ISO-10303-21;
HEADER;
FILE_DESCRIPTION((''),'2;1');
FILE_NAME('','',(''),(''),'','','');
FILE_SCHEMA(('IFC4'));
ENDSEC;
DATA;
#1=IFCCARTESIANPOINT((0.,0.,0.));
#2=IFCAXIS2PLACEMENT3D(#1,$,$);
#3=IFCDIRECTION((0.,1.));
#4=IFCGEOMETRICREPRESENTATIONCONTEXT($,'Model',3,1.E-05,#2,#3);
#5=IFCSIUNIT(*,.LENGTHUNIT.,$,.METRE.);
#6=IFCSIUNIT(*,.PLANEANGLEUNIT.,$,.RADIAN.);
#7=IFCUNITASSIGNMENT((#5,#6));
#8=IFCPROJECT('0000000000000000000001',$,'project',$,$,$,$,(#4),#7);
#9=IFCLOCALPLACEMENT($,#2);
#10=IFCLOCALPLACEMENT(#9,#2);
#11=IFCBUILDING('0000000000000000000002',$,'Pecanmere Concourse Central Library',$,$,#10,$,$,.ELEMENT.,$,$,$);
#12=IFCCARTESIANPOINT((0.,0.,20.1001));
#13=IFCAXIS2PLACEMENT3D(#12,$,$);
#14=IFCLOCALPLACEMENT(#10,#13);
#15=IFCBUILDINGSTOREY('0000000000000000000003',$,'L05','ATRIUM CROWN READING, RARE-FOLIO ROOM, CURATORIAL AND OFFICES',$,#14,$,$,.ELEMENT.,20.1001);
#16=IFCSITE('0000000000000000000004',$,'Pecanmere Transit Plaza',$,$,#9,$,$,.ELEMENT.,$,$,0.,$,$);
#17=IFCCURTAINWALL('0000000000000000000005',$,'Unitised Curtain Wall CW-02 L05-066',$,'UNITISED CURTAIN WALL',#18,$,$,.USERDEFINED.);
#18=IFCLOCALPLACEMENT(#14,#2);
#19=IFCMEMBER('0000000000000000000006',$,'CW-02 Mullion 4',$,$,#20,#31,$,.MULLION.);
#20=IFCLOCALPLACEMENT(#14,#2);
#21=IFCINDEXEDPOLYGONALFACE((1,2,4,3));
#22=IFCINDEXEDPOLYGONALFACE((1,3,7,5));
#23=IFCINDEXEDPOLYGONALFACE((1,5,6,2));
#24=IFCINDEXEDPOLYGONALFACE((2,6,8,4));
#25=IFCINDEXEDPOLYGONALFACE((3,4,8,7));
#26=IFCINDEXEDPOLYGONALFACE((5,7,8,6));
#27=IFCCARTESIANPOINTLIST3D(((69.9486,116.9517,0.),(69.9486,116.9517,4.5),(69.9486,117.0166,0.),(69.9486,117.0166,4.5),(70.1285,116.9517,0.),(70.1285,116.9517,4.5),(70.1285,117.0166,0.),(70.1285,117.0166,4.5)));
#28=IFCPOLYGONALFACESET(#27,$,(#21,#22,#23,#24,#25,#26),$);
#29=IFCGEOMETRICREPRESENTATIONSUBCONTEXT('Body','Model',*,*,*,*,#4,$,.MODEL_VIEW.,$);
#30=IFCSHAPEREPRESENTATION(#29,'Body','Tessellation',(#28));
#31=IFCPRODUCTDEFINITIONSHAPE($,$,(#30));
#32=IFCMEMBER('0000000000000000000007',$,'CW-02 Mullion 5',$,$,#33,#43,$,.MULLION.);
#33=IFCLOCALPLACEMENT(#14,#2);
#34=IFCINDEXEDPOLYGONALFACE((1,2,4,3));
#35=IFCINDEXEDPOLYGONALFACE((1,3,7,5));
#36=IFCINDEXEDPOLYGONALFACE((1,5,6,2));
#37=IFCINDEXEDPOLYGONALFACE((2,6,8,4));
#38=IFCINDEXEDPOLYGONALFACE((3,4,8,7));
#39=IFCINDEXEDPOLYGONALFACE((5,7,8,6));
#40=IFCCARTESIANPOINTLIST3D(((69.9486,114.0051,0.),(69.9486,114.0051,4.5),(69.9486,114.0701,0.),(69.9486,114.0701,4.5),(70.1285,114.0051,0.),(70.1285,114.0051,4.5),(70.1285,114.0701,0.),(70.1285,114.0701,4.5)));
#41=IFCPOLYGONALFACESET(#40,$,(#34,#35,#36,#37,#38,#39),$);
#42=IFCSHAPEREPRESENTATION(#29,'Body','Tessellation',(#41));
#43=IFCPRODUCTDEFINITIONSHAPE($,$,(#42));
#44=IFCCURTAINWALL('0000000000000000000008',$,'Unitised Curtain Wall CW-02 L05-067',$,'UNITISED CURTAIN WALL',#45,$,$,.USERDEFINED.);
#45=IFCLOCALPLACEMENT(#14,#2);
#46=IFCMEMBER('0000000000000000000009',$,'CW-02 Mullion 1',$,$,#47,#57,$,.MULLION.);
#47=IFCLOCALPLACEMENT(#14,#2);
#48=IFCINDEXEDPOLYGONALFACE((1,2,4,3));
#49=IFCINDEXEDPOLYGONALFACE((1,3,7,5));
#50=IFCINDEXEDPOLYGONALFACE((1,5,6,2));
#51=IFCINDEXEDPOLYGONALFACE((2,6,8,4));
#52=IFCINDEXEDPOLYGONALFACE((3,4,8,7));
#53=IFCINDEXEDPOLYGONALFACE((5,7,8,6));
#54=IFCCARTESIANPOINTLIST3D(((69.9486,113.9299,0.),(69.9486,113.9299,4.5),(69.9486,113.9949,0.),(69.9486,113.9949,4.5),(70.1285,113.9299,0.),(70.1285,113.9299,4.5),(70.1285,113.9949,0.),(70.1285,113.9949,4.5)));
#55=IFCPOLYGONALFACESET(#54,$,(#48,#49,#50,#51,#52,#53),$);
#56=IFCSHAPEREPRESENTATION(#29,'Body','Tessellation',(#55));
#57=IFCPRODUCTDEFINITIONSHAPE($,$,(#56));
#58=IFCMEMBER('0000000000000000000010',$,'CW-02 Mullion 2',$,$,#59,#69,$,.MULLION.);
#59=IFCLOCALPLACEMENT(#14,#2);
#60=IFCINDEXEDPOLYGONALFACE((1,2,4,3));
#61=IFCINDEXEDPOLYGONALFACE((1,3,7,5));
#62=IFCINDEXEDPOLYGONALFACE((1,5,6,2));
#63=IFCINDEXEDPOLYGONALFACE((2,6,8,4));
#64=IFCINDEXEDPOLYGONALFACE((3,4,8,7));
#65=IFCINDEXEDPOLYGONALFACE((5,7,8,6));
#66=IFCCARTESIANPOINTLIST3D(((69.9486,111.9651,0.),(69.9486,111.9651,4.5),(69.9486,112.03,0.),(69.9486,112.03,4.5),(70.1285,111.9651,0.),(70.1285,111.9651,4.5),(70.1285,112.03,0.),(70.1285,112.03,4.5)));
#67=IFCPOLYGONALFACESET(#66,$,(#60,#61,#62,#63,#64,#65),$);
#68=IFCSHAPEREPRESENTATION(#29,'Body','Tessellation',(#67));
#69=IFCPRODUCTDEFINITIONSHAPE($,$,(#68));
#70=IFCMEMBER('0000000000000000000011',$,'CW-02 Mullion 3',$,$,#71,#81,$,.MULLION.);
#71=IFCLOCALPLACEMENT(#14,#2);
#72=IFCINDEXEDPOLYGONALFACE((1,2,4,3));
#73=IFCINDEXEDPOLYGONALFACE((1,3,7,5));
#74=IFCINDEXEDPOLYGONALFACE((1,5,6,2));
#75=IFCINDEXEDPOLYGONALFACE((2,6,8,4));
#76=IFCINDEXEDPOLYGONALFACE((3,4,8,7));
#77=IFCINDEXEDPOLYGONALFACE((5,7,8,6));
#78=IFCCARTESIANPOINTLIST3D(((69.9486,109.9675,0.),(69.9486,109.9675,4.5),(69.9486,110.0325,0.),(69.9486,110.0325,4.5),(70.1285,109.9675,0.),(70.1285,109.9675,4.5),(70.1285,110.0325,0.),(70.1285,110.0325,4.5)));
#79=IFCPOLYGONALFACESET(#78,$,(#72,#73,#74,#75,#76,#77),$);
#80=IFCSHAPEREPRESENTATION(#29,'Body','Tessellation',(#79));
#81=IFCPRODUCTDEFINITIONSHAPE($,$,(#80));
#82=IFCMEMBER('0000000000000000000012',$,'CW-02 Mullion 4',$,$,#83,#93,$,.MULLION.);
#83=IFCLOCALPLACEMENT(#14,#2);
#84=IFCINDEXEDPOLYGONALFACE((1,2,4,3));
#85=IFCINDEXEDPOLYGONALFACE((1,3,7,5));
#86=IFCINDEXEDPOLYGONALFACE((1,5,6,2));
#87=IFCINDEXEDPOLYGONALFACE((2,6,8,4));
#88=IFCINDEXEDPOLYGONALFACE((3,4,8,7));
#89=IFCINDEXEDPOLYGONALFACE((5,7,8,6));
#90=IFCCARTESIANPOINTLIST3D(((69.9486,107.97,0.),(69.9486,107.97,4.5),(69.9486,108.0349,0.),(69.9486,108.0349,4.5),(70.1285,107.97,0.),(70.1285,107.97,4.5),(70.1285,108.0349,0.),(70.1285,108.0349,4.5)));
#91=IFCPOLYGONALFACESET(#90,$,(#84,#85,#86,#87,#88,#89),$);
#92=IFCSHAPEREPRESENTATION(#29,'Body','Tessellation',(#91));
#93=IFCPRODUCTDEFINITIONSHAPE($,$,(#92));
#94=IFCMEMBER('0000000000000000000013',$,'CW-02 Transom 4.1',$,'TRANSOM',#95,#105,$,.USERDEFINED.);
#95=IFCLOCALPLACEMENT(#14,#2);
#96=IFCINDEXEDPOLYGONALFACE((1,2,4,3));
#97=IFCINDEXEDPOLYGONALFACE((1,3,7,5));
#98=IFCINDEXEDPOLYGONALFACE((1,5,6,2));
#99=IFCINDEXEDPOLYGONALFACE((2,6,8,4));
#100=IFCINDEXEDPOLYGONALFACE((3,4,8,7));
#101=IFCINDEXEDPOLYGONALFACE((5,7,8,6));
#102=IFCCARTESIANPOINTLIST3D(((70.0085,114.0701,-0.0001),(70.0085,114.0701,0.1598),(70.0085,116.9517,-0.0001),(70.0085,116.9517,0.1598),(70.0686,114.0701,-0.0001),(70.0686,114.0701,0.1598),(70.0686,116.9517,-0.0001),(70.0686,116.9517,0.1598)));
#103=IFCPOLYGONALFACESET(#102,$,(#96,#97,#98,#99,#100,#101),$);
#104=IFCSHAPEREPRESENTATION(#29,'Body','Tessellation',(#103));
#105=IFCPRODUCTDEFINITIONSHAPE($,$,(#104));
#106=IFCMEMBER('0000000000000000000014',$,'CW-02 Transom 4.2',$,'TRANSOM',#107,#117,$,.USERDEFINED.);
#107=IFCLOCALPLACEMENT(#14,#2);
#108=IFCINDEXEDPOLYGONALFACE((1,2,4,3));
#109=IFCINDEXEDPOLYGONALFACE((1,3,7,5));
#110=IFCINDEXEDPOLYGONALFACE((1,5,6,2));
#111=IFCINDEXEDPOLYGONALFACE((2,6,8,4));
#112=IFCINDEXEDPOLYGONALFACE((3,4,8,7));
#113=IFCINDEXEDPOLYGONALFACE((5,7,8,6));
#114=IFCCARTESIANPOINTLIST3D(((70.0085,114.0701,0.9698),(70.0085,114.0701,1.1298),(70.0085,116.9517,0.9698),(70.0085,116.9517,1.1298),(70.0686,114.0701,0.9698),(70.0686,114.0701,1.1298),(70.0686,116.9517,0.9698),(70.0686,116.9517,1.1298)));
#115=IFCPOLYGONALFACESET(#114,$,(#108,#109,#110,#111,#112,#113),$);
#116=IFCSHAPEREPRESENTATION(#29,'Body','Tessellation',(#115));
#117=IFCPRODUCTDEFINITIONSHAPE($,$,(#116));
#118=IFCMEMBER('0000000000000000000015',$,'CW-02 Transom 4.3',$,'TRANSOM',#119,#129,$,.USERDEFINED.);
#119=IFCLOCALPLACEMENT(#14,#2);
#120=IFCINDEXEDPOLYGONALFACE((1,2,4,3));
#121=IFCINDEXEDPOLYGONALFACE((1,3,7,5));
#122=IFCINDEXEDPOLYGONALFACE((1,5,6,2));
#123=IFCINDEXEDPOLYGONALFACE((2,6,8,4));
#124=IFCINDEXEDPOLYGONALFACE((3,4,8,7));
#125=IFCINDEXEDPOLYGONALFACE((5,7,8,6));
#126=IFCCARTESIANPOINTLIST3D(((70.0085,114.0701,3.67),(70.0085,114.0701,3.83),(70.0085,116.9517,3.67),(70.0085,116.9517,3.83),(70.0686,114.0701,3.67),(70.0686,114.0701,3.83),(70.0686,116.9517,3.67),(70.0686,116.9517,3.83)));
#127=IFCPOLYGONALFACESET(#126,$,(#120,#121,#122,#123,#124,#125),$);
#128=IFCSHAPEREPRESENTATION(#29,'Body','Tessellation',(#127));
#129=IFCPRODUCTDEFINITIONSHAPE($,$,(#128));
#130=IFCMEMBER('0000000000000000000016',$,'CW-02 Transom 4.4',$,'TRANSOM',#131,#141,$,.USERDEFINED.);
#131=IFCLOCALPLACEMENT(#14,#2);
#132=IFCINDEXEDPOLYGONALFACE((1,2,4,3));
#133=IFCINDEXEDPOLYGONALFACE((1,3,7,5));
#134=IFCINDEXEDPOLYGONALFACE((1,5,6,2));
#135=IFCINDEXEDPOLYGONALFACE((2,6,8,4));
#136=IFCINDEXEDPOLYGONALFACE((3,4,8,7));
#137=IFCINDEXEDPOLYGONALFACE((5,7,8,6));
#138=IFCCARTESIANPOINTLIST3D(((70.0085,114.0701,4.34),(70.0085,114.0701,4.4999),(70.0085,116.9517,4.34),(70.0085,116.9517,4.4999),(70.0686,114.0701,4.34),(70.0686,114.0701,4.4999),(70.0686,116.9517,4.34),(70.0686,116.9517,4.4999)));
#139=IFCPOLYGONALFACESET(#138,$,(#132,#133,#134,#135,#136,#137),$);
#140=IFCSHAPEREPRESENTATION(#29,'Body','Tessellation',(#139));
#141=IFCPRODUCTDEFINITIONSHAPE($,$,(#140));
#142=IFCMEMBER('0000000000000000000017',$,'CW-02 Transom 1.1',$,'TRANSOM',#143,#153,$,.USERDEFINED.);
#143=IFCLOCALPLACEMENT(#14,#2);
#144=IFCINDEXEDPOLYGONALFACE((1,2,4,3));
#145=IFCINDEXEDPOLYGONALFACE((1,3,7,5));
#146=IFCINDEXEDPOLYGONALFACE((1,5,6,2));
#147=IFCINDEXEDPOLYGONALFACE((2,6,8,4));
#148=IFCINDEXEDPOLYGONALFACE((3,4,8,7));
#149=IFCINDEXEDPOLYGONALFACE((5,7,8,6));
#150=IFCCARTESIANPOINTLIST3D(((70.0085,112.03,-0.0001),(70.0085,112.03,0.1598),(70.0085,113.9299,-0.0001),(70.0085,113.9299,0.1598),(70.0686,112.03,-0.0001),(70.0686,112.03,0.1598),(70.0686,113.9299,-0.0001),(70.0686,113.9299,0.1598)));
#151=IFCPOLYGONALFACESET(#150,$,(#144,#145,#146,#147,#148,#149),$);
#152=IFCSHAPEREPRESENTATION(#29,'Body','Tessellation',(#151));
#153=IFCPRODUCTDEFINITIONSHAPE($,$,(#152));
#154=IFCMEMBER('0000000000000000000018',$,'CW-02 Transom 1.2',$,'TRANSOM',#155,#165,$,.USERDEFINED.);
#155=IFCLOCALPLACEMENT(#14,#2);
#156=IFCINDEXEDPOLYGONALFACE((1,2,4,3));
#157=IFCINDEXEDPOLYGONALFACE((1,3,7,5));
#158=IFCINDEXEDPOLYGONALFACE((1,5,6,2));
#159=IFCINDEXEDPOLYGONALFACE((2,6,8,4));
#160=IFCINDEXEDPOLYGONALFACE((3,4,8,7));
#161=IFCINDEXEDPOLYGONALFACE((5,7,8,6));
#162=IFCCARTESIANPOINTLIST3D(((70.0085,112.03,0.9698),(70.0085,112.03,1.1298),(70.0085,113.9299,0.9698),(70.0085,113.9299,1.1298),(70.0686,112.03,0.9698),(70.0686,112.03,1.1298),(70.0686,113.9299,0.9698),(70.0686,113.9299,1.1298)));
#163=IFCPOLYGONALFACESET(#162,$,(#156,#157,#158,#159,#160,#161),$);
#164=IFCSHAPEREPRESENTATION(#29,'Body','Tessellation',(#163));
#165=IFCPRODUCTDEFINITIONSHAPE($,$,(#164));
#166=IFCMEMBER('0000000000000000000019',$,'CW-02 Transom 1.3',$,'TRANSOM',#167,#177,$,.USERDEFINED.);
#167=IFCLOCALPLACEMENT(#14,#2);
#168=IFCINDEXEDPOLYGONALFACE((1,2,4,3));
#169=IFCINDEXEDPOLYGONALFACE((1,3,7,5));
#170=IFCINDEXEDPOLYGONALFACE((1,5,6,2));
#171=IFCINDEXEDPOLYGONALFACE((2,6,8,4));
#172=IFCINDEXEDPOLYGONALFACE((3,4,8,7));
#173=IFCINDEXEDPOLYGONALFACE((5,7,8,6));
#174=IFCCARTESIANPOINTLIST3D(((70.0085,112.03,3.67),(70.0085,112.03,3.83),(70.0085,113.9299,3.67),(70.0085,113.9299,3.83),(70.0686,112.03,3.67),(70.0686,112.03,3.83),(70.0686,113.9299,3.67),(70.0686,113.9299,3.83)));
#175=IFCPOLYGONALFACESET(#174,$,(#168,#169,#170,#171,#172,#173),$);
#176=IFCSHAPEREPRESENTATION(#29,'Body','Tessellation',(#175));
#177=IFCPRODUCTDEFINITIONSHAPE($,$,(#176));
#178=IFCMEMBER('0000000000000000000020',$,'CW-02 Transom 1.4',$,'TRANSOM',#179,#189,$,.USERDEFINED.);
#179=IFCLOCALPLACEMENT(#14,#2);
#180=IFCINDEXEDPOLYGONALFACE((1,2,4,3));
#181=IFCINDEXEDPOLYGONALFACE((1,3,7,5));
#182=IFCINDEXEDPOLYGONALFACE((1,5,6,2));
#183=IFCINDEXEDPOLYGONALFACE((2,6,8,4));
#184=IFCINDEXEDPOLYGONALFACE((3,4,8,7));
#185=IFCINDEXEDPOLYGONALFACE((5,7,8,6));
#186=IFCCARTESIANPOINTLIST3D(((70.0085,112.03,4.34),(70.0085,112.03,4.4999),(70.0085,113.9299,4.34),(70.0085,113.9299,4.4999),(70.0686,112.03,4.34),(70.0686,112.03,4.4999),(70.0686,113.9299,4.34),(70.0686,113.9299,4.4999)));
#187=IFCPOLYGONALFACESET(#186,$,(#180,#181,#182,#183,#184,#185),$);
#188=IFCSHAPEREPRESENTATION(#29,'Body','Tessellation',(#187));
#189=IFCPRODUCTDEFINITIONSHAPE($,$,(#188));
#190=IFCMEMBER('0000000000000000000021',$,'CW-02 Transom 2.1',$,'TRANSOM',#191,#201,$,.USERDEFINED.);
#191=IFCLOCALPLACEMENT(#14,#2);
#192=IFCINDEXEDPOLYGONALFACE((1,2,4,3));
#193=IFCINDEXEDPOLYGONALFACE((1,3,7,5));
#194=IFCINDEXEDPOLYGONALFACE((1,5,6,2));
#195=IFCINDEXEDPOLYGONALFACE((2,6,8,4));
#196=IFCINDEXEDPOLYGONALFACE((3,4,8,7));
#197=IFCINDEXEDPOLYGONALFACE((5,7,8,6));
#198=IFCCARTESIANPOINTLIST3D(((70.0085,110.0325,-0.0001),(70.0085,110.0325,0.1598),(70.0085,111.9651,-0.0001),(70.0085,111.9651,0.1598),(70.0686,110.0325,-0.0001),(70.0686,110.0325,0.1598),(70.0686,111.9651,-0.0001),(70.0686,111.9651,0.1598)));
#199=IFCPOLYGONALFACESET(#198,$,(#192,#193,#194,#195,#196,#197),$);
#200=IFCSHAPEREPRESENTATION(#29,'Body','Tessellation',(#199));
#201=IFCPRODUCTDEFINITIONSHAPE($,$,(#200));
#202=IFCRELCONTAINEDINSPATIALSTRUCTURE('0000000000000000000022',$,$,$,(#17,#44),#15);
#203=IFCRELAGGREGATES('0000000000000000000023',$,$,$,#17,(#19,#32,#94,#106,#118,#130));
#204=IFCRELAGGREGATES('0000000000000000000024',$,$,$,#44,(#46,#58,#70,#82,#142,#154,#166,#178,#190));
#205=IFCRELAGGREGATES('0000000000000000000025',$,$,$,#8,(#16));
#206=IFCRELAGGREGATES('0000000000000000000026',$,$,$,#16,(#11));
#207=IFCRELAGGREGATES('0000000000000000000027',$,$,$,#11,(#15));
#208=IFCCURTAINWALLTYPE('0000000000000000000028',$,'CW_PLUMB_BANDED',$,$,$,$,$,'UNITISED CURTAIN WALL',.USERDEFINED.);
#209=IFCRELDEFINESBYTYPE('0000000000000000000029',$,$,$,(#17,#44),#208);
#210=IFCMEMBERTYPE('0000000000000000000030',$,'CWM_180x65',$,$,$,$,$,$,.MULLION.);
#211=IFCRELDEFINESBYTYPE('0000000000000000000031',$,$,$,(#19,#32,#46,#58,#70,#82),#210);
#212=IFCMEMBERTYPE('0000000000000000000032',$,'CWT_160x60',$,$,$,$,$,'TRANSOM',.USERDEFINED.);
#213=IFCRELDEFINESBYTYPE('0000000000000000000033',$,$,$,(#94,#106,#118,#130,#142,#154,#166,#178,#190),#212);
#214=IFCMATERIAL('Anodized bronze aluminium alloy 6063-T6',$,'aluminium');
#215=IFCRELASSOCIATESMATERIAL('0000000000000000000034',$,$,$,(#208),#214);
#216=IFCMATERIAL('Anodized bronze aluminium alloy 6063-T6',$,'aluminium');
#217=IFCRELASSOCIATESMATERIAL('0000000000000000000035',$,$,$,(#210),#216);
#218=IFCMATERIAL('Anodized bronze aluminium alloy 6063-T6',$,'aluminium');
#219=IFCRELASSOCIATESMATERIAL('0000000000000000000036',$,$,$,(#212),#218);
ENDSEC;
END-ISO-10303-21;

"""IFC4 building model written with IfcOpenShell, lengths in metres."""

from ifc_helpers import new_model, si_unit, direction, frame, origin, origin_2d, place, context, subcontext, project, spatial, rectangle, extrude, material, material_profile, profile_set, type_object, element, aggregate, save


model = new_model("IFC4")

# Units and contexts
model_context = context("Model", 3, precision=1e-05, world=origin(), true_north=direction((0.0, 1.0)))
body_context = subcontext(model_context, "Body", "Model", "MODEL_VIEW")
ifc_project = project(units=[si_unit("LENGTHUNIT", "METRE"), si_unit("PLANEANGLEUNIT", "RADIAN")], contexts=[model_context])

# Site, building, storey
site_placement = place(None, origin())
site = spatial("IfcSite", under=ifc_project, at=site_placement, Name="Pecanmere Transit Plaza", CompositionType="ELEMENT", RefElevation=0.0)
building_placement = place(site_placement, origin())
building = spatial("IfcBuilding", under=site, at=building_placement, Name="Pecanmere Concourse Central Library", CompositionType="ELEMENT")
storey_placement = place(building_placement, frame((0.0, 0.0, 20.1001)))
storey = spatial("IfcBuildingStorey", under=building, at=storey_placement, Name="L05", Description="ATRIUM CROWN READING, RARE-FOLIO ROOM, CURATORIAL AND OFFICES", CompositionType="ELEMENT", Elevation=20.1001)

# Curtain walls, members
ifc_material_1 = material(Name="Anodized bronze aluminium alloy 6063-T6", Category="aluminium")
curtain_wall_type = type_object("IfcCurtainWallType", Name="CW_PLUMB_BANDED", ElementType="UNITISED CURTAIN WALL", PredefinedType="USERDEFINED", material=ifc_material_1)
curtain_wall_1_placement = place(storey_placement, origin())
curtain_wall_1 = element("IfcCurtainWall", 1, at=curtain_wall_1_placement, inside=storey, type_object=curtain_wall_type, Name="Unitised Curtain Wall CW-02 L05-066", ObjectType="UNITISED CURTAIN WALL", PredefinedType="USERDEFINED")
ifc_material_2 = material(Name="Anodized bronze aluminium alloy 6063-T6", Category="aluminium")
ifc_material_profile_1 = material_profile(ifc_material_2, rectangle(XDim=0.0649, YDim=0.1799, at=origin_2d()), Name="AL 65x180")
ifc_profile_set_1 = profile_set([ifc_material_profile_1], Name="Anodized bronze aluminium alloy 6063-T6")
member_type_1 = type_object("IfcMemberType", Name="CWM_180x65", PredefinedType="MULLION", material=ifc_profile_set_1)
member_1_placement = place(storey_placement, frame((70.0386, 116.9841, 0.0), z_axis=(0.0, 0.0, 1.0), x_axis=(0.0, -1.0, 0.0)))
member_1 = element("IfcMember", 2, at=member_1_placement, type_object=member_type_1, Name="CW-02 Mullion 4", PredefinedType="MULLION", context=body_context, shape_type="SweptSolid", body=[
    extrude(rectangle(XDim=0.0649, YDim=0.1799, at=origin_2d()), origin(), (0.0, 0.0, 1.0), 4.5),
])
member_2_placement = place(storey_placement, frame((70.0386, 114.0376, 0.0), z_axis=(0.0, 0.0, 1.0), x_axis=(0.0, -1.0, 0.0)))
member_2 = element("IfcMember", 3, at=member_2_placement, type_object=member_type_1, Name="CW-02 Mullion 5", PredefinedType="MULLION", context=body_context, shape_type="SweptSolid", body=[
    extrude(rectangle(XDim=0.0649, YDim=0.1799, at=origin_2d()), origin(), (0.0, 0.0, 1.0), 4.5),
])
curtain_wall_2_placement = place(storey_placement, origin())
curtain_wall_2 = element("IfcCurtainWall", 4, at=curtain_wall_2_placement, inside=storey, type_object=curtain_wall_type, Name="Unitised Curtain Wall CW-02 L05-067", ObjectType="UNITISED CURTAIN WALL", PredefinedType="USERDEFINED")
member_3_placement = place(storey_placement, frame((70.0386, 113.9624, 0.0), z_axis=(0.0, 0.0, 1.0), x_axis=(0.0, -1.0, 0.0)))
member_3 = element("IfcMember", 5, at=member_3_placement, type_object=member_type_1, Name="CW-02 Mullion 1", PredefinedType="MULLION", context=body_context, shape_type="SweptSolid", body=[
    extrude(rectangle(XDim=0.0649, YDim=0.1799, at=origin_2d()), origin(), (0.0, 0.0, 1.0), 4.5),
])
member_4_placement = place(storey_placement, frame((70.0386, 111.9976, 0.0), z_axis=(0.0, 0.0, 1.0), x_axis=(0.0, -1.0, 0.0)))
member_4 = element("IfcMember", 6, at=member_4_placement, type_object=member_type_1, Name="CW-02 Mullion 2", PredefinedType="MULLION", context=body_context, shape_type="SweptSolid", body=[
    extrude(rectangle(XDim=0.0649, YDim=0.1799, at=origin_2d()), origin(), (0.0, 0.0, 1.0), 4.5),
])
member_5_placement = place(storey_placement, frame((70.0386, 110.0, 0.0), z_axis=(0.0, 0.0, 1.0), x_axis=(0.0, -1.0, 0.0)))
member_5 = element("IfcMember", 7, at=member_5_placement, type_object=member_type_1, Name="CW-02 Mullion 3", PredefinedType="MULLION", context=body_context, shape_type="SweptSolid", body=[
    extrude(rectangle(XDim=0.0649, YDim=0.1799, at=origin_2d()), origin(), (0.0, 0.0, 1.0), 4.5),
])
member_6_placement = place(storey_placement, frame((70.0386, 108.0024, 0.0), z_axis=(0.0, 0.0, 1.0), x_axis=(0.0, -1.0, 0.0)))
member_6 = element("IfcMember", 8, at=member_6_placement, type_object=member_type_1, Name="CW-02 Mullion 4", PredefinedType="MULLION", context=body_context, shape_type="SweptSolid", body=[
    extrude(rectangle(XDim=0.0649, YDim=0.1799, at=origin_2d()), origin(), (0.0, 0.0, 1.0), 4.5),
])

# Members
ifc_material_3 = material(Name="Anodized bronze aluminium alloy 6063-T6", Category="aluminium")
ifc_material_profile_2 = material_profile(ifc_material_3, rectangle(XDim=0.0601, YDim=0.1599, at=origin_2d()), Name="AL 60x160")
ifc_profile_set_2 = profile_set([ifc_material_profile_2], Name="Anodized bronze aluminium alloy 6063-T6")
member_type_2 = type_object("IfcMemberType", Name="CWT_160x60", ElementType="TRANSOM", PredefinedType="USERDEFINED", material=ifc_profile_set_2)
member_7_placement = place(storey_placement, frame((70.0386, 116.9517, 0.0798), z_axis=(0.0, -1.0, 0.0), x_axis=(1.0, 0.0, 0.0)))
member_7 = element("IfcMember", 9, at=member_7_placement, type_object=member_type_2, Name="CW-02 Transom 4.1", ObjectType="TRANSOM", PredefinedType="USERDEFINED", context=body_context, shape_type="SweptSolid", body=[
    extrude(rectangle(XDim=0.0601, YDim=0.1599, at=origin_2d()), origin(), (0.0, 0.0, 1.0), 2.8816),
])
member_8_placement = place(storey_placement, frame((70.0386, 116.9517, 1.0498), z_axis=(0.0, -1.0, 0.0), x_axis=(1.0, 0.0, 0.0)))
member_8 = element("IfcMember", 10, at=member_8_placement, type_object=member_type_2, Name="CW-02 Transom 4.2", ObjectType="TRANSOM", PredefinedType="USERDEFINED", context=body_context, shape_type="SweptSolid", body=[
    extrude(rectangle(XDim=0.0601, YDim=0.1599, at=origin_2d()), origin(), (0.0, 0.0, 1.0), 2.8816),
])
member_9_placement = place(storey_placement, frame((70.0386, 116.9517, 3.75), z_axis=(0.0, -1.0, 0.0), x_axis=(1.0, 0.0, 0.0)))
member_9 = element("IfcMember", 11, at=member_9_placement, type_object=member_type_2, Name="CW-02 Transom 4.3", ObjectType="TRANSOM", PredefinedType="USERDEFINED", context=body_context, shape_type="SweptSolid", body=[
    extrude(rectangle(XDim=0.0601, YDim=0.1599, at=origin_2d()), origin(), (0.0, 0.0, 1.0), 2.8816),
])
member_10_placement = place(storey_placement, frame((70.0386, 116.9517, 4.4199), z_axis=(0.0, -1.0, 0.0), x_axis=(1.0, 0.0, 0.0)))
member_10 = element("IfcMember", 12, at=member_10_placement, type_object=member_type_2, Name="CW-02 Transom 4.4", ObjectType="TRANSOM", PredefinedType="USERDEFINED", context=body_context, shape_type="SweptSolid", body=[
    extrude(rectangle(XDim=0.0601, YDim=0.1599, at=origin_2d()), origin(), (0.0, 0.0, 1.0), 2.8816),
])
member_11_placement = place(storey_placement, frame((70.0386, 113.9299, 0.0798), z_axis=(0.0, -1.0, 0.0), x_axis=(1.0, 0.0, 0.0)))
member_11 = element("IfcMember", 13, at=member_11_placement, type_object=member_type_2, Name="CW-02 Transom 1.1", ObjectType="TRANSOM", PredefinedType="USERDEFINED", context=body_context, shape_type="SweptSolid", body=[
    extrude(rectangle(XDim=0.0601, YDim=0.1599, at=origin_2d()), origin(), (0.0, 0.0, 1.0), 1.8999),
])
member_12_placement = place(storey_placement, frame((70.0386, 113.9299, 1.0498), z_axis=(0.0, -1.0, 0.0), x_axis=(1.0, 0.0, 0.0)))
member_12 = element("IfcMember", 14, at=member_12_placement, type_object=member_type_2, Name="CW-02 Transom 1.2", ObjectType="TRANSOM", PredefinedType="USERDEFINED", context=body_context, shape_type="SweptSolid", body=[
    extrude(rectangle(XDim=0.0601, YDim=0.1599, at=origin_2d()), origin(), (0.0, 0.0, 1.0), 1.8999),
])
member_13_placement = place(storey_placement, frame((70.0386, 113.9299, 3.75), z_axis=(0.0, -1.0, 0.0), x_axis=(1.0, 0.0, 0.0)))
member_13 = element("IfcMember", 15, at=member_13_placement, type_object=member_type_2, Name="CW-02 Transom 1.3", ObjectType="TRANSOM", PredefinedType="USERDEFINED", context=body_context, shape_type="SweptSolid", body=[
    extrude(rectangle(XDim=0.0601, YDim=0.1599, at=origin_2d()), origin(), (0.0, 0.0, 1.0), 1.8999),
])
member_14_placement = place(storey_placement, frame((70.0386, 113.9299, 4.4199), z_axis=(0.0, -1.0, 0.0), x_axis=(1.0, 0.0, 0.0)))
member_14 = element("IfcMember", 16, at=member_14_placement, type_object=member_type_2, Name="CW-02 Transom 1.4", ObjectType="TRANSOM", PredefinedType="USERDEFINED", context=body_context, shape_type="SweptSolid", body=[
    extrude(rectangle(XDim=0.0601, YDim=0.1599, at=origin_2d()), origin(), (0.0, 0.0, 1.0), 1.8999),
])
member_15_placement = place(storey_placement, frame((70.0386, 111.9651, 0.0798), z_axis=(0.0, -1.0, 0.0), x_axis=(1.0, 0.0, 0.0)))
member_15 = element("IfcMember", 17, at=member_15_placement, type_object=member_type_2, Name="CW-02 Transom 2.1", ObjectType="TRANSOM", PredefinedType="USERDEFINED", context=body_context, shape_type="SweptSolid", body=[
    extrude(rectangle(XDim=0.0601, YDim=0.1599, at=origin_2d()), origin(), (0.0, 0.0, 1.0), 1.9326),
])

aggregate(curtain_wall_1, [member_1, member_2, member_7, member_8, member_9, member_10])
aggregate(curtain_wall_2, [member_3, member_4, member_5, member_6, member_11, member_12, member_13, member_14, member_15])

save(model, "model.ifc")
